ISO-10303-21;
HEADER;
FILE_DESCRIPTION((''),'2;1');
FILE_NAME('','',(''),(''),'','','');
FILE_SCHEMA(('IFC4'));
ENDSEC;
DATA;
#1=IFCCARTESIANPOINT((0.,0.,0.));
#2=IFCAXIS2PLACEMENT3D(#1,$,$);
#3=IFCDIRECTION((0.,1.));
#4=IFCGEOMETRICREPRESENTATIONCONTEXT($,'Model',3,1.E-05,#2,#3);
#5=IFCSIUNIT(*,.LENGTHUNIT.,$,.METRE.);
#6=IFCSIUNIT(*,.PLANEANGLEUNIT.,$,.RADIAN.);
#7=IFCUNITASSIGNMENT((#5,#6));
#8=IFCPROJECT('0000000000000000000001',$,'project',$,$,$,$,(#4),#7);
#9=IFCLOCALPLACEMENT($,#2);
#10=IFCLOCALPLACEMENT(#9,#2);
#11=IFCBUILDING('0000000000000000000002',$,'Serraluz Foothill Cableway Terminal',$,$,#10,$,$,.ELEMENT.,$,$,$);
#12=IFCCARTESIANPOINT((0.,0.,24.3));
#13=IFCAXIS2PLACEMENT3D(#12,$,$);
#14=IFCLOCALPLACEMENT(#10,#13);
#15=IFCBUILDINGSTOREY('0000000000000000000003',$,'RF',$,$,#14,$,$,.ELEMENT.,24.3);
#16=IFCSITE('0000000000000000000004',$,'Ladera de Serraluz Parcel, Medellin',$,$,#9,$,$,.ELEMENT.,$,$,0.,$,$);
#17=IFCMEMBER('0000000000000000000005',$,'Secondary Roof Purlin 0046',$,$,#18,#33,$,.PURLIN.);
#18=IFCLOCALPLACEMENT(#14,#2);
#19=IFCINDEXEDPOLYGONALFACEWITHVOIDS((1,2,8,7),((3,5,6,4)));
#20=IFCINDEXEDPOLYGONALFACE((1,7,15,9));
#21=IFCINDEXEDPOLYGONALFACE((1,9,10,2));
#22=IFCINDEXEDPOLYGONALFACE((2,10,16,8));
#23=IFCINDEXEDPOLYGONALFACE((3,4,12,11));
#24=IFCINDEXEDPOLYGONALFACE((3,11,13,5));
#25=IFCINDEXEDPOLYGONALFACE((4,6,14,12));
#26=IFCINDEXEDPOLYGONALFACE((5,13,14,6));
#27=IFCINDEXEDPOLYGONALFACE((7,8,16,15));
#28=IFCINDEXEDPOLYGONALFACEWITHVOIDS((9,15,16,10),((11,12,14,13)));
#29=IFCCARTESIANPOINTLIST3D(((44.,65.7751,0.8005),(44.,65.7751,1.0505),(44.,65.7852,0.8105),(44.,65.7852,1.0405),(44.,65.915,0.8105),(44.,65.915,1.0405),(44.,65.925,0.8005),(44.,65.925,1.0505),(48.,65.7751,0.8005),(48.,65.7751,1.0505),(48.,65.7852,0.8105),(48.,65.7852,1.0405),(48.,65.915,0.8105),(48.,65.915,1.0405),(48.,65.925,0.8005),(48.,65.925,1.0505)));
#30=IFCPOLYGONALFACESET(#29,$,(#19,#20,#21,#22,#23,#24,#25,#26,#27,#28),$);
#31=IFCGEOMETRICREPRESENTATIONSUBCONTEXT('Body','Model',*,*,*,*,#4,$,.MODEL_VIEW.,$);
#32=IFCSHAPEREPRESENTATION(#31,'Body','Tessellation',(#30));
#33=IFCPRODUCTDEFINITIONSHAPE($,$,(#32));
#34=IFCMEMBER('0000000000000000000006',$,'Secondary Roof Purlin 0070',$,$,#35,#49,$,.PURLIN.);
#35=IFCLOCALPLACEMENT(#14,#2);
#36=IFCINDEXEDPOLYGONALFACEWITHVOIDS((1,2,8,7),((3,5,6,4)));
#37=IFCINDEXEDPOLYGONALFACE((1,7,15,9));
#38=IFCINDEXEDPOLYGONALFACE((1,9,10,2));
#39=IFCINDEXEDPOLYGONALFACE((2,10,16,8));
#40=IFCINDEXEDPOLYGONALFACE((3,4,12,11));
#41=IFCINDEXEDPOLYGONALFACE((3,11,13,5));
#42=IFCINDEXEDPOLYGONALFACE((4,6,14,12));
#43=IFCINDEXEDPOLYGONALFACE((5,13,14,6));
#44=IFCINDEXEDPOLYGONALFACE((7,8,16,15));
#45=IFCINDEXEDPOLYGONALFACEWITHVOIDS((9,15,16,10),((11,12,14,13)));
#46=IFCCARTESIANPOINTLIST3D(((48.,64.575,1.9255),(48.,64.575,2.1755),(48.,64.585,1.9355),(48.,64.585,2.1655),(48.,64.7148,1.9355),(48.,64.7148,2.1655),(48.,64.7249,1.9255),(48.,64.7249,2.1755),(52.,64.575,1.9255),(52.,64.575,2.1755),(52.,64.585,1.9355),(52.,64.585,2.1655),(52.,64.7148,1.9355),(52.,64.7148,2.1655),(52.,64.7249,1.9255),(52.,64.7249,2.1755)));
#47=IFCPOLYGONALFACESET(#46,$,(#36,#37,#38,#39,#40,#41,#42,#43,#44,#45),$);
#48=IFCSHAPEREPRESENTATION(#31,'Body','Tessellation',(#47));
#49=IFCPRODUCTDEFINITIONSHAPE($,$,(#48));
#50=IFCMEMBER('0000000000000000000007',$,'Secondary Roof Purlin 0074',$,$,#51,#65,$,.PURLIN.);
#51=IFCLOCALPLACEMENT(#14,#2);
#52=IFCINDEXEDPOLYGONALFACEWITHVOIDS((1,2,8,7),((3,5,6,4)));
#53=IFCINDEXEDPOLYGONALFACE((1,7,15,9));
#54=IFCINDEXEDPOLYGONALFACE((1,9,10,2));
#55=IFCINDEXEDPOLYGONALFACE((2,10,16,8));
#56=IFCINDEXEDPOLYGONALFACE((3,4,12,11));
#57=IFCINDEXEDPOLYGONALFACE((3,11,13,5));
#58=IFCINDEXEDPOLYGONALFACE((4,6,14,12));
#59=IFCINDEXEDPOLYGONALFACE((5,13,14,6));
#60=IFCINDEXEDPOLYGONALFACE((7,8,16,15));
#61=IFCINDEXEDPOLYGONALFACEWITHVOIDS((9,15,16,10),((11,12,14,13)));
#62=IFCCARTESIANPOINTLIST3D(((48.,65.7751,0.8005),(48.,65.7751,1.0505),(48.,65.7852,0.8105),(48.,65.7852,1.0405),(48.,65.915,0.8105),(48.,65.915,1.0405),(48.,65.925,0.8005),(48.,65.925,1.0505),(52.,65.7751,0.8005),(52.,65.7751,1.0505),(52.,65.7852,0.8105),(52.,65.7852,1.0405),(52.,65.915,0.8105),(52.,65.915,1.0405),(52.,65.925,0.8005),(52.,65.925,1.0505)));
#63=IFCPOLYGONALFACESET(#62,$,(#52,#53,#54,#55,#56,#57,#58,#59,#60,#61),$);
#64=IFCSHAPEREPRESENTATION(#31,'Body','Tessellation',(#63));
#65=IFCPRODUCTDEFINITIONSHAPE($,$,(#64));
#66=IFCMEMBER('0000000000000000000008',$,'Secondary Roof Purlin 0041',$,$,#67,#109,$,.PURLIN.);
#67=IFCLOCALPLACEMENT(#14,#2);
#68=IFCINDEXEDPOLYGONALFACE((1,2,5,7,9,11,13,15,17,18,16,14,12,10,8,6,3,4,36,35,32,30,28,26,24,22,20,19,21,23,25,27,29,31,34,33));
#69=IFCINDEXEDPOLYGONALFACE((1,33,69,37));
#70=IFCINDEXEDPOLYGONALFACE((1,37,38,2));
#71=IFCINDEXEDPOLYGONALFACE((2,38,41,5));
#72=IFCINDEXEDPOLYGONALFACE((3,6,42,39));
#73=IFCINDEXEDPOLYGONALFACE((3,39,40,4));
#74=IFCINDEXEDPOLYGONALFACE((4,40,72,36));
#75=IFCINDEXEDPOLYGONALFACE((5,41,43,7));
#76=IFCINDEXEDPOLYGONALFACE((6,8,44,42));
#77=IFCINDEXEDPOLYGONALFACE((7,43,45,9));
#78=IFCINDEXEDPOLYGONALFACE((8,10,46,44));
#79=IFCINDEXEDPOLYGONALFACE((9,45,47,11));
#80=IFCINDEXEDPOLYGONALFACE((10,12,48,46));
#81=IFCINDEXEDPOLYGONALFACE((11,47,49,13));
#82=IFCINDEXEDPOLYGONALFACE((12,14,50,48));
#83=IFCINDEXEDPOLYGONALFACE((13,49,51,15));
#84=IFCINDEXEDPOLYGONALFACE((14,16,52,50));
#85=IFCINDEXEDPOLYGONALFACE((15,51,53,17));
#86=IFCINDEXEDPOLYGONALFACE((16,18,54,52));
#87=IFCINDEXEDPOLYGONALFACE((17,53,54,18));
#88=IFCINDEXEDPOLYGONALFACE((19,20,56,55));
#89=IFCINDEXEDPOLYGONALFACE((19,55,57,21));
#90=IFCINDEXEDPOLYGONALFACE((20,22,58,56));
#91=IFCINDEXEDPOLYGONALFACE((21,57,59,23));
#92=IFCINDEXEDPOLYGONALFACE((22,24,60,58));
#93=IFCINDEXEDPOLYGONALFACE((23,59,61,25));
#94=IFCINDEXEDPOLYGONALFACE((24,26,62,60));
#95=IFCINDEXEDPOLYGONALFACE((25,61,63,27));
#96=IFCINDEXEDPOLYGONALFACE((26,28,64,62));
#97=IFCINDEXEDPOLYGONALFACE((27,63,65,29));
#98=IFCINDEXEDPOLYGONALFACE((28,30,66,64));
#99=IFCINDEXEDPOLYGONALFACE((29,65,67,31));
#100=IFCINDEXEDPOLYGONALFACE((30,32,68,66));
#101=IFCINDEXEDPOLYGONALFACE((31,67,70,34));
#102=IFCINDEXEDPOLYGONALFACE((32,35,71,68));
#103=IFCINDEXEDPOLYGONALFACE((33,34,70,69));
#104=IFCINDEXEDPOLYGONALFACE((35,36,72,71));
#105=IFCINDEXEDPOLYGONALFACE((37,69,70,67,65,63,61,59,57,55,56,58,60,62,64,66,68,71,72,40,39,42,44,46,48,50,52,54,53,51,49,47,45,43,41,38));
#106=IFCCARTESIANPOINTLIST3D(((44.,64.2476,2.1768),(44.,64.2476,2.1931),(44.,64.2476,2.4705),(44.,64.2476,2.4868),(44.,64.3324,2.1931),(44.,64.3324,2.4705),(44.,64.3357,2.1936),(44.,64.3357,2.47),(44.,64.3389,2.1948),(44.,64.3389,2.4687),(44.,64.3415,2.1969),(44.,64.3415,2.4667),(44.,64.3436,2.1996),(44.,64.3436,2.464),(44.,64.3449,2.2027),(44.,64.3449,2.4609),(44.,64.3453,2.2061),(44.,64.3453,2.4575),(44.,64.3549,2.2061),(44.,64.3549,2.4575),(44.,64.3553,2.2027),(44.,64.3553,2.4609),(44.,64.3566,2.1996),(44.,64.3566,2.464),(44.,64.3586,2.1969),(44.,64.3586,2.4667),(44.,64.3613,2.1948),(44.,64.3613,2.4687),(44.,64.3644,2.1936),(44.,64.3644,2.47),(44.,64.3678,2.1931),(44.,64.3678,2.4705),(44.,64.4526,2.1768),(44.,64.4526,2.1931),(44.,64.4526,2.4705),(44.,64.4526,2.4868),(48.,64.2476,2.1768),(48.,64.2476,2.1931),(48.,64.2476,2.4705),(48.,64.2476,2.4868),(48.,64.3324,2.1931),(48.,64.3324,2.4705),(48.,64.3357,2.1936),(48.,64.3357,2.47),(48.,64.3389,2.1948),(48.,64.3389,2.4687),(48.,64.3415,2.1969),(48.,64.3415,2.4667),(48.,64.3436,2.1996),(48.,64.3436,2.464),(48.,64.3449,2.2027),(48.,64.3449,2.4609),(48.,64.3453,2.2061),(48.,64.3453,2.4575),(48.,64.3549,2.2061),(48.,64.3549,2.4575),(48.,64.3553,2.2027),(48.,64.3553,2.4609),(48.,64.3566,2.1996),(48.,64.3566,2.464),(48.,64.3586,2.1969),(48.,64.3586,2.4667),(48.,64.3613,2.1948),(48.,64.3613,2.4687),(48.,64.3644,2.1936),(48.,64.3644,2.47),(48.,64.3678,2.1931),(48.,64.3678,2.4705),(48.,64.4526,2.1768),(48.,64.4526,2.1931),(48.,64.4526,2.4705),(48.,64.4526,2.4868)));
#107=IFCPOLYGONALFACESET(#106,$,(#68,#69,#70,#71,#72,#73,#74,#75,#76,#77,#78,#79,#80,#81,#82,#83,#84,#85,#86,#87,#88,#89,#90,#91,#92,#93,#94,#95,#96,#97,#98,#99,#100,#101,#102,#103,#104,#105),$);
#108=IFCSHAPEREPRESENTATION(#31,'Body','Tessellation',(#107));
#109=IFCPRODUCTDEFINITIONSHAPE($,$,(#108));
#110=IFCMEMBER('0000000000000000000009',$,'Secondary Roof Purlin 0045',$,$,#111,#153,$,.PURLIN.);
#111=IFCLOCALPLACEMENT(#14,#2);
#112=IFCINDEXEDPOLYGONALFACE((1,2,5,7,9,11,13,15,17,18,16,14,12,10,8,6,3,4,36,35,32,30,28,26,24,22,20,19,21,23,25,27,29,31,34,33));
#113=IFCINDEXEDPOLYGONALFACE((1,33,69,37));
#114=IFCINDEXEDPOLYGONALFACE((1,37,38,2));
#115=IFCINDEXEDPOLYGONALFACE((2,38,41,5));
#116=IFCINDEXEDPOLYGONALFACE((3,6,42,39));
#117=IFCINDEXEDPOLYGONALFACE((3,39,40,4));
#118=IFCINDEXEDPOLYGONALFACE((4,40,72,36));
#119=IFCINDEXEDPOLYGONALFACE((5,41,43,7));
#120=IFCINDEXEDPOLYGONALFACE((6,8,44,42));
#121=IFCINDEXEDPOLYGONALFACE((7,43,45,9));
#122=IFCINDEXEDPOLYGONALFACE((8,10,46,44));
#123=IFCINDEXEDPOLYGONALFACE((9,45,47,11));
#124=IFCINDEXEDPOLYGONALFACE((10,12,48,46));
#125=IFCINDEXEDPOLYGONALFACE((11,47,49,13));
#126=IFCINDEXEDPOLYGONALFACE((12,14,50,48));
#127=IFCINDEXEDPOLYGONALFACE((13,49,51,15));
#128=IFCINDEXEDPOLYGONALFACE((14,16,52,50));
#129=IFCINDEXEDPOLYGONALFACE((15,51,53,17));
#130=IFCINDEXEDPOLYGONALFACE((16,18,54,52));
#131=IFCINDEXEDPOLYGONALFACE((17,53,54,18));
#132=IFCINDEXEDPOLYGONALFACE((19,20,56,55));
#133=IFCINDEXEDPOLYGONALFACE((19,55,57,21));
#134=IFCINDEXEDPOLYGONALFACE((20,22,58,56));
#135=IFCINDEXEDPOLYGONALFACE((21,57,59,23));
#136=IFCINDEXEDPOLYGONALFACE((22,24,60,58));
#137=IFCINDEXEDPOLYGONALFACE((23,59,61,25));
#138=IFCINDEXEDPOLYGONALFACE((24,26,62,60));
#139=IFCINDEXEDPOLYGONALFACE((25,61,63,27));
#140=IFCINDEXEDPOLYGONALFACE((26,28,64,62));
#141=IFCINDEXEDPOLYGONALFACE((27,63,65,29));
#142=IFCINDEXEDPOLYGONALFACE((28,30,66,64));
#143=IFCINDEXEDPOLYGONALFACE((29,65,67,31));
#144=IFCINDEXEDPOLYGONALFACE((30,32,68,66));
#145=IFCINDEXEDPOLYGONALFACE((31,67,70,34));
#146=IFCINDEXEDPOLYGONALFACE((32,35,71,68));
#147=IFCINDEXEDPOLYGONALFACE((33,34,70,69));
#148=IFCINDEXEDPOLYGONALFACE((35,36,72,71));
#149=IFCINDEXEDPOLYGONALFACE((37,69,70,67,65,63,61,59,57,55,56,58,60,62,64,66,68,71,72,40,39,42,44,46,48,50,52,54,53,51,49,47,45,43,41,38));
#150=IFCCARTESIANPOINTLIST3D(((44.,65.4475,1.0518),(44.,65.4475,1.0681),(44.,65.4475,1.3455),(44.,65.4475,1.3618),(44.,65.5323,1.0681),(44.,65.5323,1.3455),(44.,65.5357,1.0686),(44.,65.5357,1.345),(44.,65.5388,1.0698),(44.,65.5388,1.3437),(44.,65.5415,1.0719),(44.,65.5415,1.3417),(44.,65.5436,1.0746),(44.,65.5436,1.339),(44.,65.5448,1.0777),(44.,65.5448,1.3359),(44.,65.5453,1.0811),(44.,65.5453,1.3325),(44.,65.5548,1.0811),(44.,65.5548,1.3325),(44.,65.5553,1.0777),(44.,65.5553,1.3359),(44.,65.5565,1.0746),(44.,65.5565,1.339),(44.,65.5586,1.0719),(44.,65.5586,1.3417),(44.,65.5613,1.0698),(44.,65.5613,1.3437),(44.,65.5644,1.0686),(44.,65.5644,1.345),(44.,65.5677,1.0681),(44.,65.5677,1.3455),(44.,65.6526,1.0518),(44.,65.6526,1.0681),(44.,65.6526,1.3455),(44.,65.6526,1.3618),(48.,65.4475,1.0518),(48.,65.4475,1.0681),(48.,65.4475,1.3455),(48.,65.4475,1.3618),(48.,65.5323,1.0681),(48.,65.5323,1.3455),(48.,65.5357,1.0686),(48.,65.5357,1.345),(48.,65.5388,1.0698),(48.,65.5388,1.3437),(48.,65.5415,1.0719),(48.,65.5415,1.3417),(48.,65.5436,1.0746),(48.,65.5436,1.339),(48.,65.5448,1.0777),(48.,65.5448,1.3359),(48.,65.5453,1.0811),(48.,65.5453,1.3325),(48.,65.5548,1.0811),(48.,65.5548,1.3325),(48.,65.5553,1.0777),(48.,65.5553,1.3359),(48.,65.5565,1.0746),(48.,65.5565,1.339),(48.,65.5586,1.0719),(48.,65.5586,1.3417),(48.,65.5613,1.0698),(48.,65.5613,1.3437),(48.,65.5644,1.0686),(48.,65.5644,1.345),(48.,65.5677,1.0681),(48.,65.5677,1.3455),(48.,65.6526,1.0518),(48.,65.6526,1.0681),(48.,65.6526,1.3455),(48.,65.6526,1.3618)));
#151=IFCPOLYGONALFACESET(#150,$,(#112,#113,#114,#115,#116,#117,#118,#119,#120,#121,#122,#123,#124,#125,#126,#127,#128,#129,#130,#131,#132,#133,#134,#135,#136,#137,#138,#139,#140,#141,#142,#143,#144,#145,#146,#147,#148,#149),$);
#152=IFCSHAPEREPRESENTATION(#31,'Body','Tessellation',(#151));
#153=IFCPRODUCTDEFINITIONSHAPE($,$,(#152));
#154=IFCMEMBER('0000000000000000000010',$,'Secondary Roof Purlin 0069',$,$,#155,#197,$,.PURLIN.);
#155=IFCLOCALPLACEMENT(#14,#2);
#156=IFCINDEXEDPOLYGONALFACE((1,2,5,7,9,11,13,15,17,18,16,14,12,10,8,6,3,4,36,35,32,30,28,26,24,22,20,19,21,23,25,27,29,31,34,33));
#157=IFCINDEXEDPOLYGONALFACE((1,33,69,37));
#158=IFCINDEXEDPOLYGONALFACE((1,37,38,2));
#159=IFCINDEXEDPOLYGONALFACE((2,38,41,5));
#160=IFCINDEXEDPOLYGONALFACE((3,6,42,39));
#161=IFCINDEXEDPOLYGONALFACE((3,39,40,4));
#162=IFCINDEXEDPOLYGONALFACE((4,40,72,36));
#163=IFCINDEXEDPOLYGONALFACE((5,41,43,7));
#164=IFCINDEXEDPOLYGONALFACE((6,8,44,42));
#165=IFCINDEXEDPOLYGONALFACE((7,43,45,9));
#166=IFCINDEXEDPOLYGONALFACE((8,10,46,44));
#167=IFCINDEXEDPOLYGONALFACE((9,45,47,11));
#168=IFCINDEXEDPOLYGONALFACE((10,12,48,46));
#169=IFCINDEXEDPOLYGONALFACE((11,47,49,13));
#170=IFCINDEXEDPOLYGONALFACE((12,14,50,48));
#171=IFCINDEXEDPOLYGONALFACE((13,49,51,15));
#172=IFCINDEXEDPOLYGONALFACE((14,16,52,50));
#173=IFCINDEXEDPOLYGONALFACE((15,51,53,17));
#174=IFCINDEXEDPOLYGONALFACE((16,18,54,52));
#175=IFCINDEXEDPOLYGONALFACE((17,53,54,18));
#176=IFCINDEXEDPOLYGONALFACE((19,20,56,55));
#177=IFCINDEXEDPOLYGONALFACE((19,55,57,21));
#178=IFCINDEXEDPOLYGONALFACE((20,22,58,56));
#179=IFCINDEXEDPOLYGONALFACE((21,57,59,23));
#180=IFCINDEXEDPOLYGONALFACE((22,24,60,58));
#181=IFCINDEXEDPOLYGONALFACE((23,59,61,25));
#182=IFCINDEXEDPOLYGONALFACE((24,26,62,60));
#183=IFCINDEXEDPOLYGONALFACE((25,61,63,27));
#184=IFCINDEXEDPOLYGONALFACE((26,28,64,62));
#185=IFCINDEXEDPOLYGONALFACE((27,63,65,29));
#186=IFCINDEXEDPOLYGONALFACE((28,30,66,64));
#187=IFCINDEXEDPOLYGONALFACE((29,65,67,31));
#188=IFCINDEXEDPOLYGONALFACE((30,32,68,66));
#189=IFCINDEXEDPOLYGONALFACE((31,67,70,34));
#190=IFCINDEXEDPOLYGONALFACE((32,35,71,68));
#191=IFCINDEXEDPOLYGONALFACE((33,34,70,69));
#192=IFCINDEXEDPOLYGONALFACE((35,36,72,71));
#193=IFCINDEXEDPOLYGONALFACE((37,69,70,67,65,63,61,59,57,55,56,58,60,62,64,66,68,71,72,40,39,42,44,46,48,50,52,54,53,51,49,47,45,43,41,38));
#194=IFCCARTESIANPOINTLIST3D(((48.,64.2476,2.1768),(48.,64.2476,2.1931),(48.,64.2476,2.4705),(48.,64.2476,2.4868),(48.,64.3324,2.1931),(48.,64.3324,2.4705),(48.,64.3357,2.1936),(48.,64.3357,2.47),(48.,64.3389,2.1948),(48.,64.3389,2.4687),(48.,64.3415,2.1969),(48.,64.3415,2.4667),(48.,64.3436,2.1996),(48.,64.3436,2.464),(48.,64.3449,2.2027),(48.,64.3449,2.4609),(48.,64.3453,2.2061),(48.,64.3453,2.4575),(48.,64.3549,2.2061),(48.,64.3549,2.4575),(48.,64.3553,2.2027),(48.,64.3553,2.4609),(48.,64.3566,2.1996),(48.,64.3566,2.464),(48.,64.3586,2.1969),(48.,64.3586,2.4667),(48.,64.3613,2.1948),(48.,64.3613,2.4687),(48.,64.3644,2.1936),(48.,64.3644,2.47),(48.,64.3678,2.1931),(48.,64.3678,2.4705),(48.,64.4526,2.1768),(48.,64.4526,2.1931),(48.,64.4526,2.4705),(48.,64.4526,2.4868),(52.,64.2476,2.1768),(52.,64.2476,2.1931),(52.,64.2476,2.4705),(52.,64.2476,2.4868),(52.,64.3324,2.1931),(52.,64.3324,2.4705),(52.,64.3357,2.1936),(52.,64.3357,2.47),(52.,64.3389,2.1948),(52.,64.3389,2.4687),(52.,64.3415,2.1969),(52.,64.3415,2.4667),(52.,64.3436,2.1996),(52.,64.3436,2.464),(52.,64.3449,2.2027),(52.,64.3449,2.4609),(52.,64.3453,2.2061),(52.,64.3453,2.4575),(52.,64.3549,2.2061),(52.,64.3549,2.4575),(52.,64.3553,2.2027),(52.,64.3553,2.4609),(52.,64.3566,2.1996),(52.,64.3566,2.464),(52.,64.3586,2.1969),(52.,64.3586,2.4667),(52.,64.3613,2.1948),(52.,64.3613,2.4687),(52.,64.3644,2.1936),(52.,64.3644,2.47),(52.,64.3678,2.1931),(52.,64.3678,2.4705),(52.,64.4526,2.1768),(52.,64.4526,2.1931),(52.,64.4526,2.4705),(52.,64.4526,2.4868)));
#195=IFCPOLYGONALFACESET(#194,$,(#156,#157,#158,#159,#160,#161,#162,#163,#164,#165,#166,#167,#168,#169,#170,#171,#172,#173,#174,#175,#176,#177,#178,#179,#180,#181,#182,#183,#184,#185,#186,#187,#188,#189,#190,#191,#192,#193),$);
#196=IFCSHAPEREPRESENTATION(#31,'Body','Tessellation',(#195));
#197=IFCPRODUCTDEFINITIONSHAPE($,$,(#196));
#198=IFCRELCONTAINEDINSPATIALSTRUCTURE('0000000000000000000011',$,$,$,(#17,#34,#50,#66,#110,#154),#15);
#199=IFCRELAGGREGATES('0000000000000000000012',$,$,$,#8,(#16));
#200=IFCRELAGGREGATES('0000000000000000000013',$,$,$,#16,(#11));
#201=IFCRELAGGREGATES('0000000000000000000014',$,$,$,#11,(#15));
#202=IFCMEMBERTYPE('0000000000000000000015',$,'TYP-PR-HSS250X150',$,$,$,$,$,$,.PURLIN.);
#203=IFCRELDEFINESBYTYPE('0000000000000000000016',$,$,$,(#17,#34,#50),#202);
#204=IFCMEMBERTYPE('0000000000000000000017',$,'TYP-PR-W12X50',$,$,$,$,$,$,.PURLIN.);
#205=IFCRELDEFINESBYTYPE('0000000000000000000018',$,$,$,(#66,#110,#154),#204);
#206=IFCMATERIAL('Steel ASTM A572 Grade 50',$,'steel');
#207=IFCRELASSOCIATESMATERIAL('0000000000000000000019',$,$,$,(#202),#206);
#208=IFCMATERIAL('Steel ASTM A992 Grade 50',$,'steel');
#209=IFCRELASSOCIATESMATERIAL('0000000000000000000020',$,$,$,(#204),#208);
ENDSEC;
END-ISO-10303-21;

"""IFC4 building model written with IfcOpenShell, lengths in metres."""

from ifc_helpers import new_model, si_unit, direction, frame, origin, origin_2d, place, context, subcontext, project, spatial, hollow_rectangle, i_section, extrude, material, material_profile, profile_set, type_object, element, save


model = new_model("IFC4")

# Units and contexts
model_context = context("Model", 3, precision=1e-05, world=origin(), true_north=direction((0.0, 1.0)))
body_context = subcontext(model_context, "Body", "Model", "MODEL_VIEW")
ifc_project = project(units=[si_unit("LENGTHUNIT", "METRE"), si_unit("PLANEANGLEUNIT", "RADIAN")], contexts=[model_context])

# Site, building, storey
site_placement = place(None, origin())
site = spatial("IfcSite", under=ifc_project, at=site_placement, Name="Ladera de Serraluz Parcel, Medellin", CompositionType="ELEMENT", RefElevation=0.0)
building_placement = place(site_placement, origin())
building = spatial("IfcBuilding", under=site, at=building_placement, Name="Serraluz Foothill Cableway Terminal", CompositionType="ELEMENT")
storey_placement = place(building_placement, frame((0.0, 0.0, 24.3)))
storey = spatial("IfcBuildingStorey", under=building, at=storey_placement, Name="RF", CompositionType="ELEMENT", Elevation=24.3)

# Members
ifc_material_1 = material(Name="Steel ASTM A572 Grade 50", Category="steel")
ifc_material_profile_1 = material_profile(ifc_material_1, hollow_rectangle(XDim=0.1499, YDim=0.25, WallThickness=0.01, at=origin_2d()), Name="HSS250X150X10")
ifc_profile_set_1 = profile_set([ifc_material_profile_1], Name="Steel ASTM A572 Grade 50")
member_type_1 = type_object("IfcMemberType", Name="TYP-PR-HSS250X150", PredefinedType="PURLIN", material=ifc_profile_set_1)
for number, where, z_axis, x_axis, name in (
    (1, (44.0, 65.8501, 0.9255), (1.0, 0.0, 0.0), (0.0, 1.0, 0.0), "Secondary Roof Purlin 0046"),
    (2, (48.0, 64.6499, 2.0505), (1.0, 0.0, 0.0), (0.0, 1.0, 0.0), "Secondary Roof Purlin 0070"),
    (3, (48.0, 65.8501, 0.9255), (1.0, 0.0, 0.0), (0.0, 1.0, 0.0), "Secondary Roof Purlin 0074"),
):
    element("IfcMember", number, at=place(storey_placement, frame(where, z_axis=z_axis, x_axis=x_axis)), inside=storey, type_object=member_type_1, Name=name, PredefinedType="PURLIN", context=body_context, shape_type="SweptSolid", body=[
        extrude(hollow_rectangle(XDim=0.1499, YDim=0.25, WallThickness=0.01, at=origin_2d()), origin(), (0.0, 0.0, 1.0), 4.0),
    ])
ifc_material_2 = material(Name="Steel ASTM A992 Grade 50", Category="steel")
ifc_material_profile_2 = material_profile(ifc_material_2, i_section(OverallWidth=0.2051, OverallDepth=0.3101, WebThickness=0.0095, FlangeThickness=0.0164, FilletRadius=0.0129, at=origin_2d()), Name="W12X50")
ifc_profile_set_2 = profile_set([ifc_material_profile_2], Name="Steel ASTM A992 Grade 50")
member_type_2 = type_object("IfcMemberType", Name="TYP-PR-W12X50", PredefinedType="PURLIN", material=ifc_profile_set_2)
for number, where, z_axis, x_axis, name in (
    (4, (44.0, 64.3501, 2.3318), (1.0, 0.0, 0.0), (0.0, 1.0, 0.0), "Secondary Roof Purlin 0041"),
    (5, (44.0, 65.55, 1.2068), (1.0, 0.0, 0.0), (0.0, 1.0, 0.0), "Secondary Roof Purlin 0045"),
    (6, (48.0, 64.3501, 2.3318), (1.0, 0.0, 0.0), (0.0, 1.0, 0.0), "Secondary Roof Purlin 0069"),
):
    element("IfcMember", number, at=place(storey_placement, frame(where, z_axis=z_axis, x_axis=x_axis)), inside=storey, type_object=member_type_2, Name=name, PredefinedType="PURLIN", context=body_context, shape_type="SweptSolid", body=[
        extrude(i_section(OverallWidth=0.2051, OverallDepth=0.3101, WebThickness=0.0095, FlangeThickness=0.0164, FilletRadius=0.0129, at=origin_2d()), origin(), (0.0, 0.0, 1.0), 4.0),
    ])

save(model, "model.ifc")
